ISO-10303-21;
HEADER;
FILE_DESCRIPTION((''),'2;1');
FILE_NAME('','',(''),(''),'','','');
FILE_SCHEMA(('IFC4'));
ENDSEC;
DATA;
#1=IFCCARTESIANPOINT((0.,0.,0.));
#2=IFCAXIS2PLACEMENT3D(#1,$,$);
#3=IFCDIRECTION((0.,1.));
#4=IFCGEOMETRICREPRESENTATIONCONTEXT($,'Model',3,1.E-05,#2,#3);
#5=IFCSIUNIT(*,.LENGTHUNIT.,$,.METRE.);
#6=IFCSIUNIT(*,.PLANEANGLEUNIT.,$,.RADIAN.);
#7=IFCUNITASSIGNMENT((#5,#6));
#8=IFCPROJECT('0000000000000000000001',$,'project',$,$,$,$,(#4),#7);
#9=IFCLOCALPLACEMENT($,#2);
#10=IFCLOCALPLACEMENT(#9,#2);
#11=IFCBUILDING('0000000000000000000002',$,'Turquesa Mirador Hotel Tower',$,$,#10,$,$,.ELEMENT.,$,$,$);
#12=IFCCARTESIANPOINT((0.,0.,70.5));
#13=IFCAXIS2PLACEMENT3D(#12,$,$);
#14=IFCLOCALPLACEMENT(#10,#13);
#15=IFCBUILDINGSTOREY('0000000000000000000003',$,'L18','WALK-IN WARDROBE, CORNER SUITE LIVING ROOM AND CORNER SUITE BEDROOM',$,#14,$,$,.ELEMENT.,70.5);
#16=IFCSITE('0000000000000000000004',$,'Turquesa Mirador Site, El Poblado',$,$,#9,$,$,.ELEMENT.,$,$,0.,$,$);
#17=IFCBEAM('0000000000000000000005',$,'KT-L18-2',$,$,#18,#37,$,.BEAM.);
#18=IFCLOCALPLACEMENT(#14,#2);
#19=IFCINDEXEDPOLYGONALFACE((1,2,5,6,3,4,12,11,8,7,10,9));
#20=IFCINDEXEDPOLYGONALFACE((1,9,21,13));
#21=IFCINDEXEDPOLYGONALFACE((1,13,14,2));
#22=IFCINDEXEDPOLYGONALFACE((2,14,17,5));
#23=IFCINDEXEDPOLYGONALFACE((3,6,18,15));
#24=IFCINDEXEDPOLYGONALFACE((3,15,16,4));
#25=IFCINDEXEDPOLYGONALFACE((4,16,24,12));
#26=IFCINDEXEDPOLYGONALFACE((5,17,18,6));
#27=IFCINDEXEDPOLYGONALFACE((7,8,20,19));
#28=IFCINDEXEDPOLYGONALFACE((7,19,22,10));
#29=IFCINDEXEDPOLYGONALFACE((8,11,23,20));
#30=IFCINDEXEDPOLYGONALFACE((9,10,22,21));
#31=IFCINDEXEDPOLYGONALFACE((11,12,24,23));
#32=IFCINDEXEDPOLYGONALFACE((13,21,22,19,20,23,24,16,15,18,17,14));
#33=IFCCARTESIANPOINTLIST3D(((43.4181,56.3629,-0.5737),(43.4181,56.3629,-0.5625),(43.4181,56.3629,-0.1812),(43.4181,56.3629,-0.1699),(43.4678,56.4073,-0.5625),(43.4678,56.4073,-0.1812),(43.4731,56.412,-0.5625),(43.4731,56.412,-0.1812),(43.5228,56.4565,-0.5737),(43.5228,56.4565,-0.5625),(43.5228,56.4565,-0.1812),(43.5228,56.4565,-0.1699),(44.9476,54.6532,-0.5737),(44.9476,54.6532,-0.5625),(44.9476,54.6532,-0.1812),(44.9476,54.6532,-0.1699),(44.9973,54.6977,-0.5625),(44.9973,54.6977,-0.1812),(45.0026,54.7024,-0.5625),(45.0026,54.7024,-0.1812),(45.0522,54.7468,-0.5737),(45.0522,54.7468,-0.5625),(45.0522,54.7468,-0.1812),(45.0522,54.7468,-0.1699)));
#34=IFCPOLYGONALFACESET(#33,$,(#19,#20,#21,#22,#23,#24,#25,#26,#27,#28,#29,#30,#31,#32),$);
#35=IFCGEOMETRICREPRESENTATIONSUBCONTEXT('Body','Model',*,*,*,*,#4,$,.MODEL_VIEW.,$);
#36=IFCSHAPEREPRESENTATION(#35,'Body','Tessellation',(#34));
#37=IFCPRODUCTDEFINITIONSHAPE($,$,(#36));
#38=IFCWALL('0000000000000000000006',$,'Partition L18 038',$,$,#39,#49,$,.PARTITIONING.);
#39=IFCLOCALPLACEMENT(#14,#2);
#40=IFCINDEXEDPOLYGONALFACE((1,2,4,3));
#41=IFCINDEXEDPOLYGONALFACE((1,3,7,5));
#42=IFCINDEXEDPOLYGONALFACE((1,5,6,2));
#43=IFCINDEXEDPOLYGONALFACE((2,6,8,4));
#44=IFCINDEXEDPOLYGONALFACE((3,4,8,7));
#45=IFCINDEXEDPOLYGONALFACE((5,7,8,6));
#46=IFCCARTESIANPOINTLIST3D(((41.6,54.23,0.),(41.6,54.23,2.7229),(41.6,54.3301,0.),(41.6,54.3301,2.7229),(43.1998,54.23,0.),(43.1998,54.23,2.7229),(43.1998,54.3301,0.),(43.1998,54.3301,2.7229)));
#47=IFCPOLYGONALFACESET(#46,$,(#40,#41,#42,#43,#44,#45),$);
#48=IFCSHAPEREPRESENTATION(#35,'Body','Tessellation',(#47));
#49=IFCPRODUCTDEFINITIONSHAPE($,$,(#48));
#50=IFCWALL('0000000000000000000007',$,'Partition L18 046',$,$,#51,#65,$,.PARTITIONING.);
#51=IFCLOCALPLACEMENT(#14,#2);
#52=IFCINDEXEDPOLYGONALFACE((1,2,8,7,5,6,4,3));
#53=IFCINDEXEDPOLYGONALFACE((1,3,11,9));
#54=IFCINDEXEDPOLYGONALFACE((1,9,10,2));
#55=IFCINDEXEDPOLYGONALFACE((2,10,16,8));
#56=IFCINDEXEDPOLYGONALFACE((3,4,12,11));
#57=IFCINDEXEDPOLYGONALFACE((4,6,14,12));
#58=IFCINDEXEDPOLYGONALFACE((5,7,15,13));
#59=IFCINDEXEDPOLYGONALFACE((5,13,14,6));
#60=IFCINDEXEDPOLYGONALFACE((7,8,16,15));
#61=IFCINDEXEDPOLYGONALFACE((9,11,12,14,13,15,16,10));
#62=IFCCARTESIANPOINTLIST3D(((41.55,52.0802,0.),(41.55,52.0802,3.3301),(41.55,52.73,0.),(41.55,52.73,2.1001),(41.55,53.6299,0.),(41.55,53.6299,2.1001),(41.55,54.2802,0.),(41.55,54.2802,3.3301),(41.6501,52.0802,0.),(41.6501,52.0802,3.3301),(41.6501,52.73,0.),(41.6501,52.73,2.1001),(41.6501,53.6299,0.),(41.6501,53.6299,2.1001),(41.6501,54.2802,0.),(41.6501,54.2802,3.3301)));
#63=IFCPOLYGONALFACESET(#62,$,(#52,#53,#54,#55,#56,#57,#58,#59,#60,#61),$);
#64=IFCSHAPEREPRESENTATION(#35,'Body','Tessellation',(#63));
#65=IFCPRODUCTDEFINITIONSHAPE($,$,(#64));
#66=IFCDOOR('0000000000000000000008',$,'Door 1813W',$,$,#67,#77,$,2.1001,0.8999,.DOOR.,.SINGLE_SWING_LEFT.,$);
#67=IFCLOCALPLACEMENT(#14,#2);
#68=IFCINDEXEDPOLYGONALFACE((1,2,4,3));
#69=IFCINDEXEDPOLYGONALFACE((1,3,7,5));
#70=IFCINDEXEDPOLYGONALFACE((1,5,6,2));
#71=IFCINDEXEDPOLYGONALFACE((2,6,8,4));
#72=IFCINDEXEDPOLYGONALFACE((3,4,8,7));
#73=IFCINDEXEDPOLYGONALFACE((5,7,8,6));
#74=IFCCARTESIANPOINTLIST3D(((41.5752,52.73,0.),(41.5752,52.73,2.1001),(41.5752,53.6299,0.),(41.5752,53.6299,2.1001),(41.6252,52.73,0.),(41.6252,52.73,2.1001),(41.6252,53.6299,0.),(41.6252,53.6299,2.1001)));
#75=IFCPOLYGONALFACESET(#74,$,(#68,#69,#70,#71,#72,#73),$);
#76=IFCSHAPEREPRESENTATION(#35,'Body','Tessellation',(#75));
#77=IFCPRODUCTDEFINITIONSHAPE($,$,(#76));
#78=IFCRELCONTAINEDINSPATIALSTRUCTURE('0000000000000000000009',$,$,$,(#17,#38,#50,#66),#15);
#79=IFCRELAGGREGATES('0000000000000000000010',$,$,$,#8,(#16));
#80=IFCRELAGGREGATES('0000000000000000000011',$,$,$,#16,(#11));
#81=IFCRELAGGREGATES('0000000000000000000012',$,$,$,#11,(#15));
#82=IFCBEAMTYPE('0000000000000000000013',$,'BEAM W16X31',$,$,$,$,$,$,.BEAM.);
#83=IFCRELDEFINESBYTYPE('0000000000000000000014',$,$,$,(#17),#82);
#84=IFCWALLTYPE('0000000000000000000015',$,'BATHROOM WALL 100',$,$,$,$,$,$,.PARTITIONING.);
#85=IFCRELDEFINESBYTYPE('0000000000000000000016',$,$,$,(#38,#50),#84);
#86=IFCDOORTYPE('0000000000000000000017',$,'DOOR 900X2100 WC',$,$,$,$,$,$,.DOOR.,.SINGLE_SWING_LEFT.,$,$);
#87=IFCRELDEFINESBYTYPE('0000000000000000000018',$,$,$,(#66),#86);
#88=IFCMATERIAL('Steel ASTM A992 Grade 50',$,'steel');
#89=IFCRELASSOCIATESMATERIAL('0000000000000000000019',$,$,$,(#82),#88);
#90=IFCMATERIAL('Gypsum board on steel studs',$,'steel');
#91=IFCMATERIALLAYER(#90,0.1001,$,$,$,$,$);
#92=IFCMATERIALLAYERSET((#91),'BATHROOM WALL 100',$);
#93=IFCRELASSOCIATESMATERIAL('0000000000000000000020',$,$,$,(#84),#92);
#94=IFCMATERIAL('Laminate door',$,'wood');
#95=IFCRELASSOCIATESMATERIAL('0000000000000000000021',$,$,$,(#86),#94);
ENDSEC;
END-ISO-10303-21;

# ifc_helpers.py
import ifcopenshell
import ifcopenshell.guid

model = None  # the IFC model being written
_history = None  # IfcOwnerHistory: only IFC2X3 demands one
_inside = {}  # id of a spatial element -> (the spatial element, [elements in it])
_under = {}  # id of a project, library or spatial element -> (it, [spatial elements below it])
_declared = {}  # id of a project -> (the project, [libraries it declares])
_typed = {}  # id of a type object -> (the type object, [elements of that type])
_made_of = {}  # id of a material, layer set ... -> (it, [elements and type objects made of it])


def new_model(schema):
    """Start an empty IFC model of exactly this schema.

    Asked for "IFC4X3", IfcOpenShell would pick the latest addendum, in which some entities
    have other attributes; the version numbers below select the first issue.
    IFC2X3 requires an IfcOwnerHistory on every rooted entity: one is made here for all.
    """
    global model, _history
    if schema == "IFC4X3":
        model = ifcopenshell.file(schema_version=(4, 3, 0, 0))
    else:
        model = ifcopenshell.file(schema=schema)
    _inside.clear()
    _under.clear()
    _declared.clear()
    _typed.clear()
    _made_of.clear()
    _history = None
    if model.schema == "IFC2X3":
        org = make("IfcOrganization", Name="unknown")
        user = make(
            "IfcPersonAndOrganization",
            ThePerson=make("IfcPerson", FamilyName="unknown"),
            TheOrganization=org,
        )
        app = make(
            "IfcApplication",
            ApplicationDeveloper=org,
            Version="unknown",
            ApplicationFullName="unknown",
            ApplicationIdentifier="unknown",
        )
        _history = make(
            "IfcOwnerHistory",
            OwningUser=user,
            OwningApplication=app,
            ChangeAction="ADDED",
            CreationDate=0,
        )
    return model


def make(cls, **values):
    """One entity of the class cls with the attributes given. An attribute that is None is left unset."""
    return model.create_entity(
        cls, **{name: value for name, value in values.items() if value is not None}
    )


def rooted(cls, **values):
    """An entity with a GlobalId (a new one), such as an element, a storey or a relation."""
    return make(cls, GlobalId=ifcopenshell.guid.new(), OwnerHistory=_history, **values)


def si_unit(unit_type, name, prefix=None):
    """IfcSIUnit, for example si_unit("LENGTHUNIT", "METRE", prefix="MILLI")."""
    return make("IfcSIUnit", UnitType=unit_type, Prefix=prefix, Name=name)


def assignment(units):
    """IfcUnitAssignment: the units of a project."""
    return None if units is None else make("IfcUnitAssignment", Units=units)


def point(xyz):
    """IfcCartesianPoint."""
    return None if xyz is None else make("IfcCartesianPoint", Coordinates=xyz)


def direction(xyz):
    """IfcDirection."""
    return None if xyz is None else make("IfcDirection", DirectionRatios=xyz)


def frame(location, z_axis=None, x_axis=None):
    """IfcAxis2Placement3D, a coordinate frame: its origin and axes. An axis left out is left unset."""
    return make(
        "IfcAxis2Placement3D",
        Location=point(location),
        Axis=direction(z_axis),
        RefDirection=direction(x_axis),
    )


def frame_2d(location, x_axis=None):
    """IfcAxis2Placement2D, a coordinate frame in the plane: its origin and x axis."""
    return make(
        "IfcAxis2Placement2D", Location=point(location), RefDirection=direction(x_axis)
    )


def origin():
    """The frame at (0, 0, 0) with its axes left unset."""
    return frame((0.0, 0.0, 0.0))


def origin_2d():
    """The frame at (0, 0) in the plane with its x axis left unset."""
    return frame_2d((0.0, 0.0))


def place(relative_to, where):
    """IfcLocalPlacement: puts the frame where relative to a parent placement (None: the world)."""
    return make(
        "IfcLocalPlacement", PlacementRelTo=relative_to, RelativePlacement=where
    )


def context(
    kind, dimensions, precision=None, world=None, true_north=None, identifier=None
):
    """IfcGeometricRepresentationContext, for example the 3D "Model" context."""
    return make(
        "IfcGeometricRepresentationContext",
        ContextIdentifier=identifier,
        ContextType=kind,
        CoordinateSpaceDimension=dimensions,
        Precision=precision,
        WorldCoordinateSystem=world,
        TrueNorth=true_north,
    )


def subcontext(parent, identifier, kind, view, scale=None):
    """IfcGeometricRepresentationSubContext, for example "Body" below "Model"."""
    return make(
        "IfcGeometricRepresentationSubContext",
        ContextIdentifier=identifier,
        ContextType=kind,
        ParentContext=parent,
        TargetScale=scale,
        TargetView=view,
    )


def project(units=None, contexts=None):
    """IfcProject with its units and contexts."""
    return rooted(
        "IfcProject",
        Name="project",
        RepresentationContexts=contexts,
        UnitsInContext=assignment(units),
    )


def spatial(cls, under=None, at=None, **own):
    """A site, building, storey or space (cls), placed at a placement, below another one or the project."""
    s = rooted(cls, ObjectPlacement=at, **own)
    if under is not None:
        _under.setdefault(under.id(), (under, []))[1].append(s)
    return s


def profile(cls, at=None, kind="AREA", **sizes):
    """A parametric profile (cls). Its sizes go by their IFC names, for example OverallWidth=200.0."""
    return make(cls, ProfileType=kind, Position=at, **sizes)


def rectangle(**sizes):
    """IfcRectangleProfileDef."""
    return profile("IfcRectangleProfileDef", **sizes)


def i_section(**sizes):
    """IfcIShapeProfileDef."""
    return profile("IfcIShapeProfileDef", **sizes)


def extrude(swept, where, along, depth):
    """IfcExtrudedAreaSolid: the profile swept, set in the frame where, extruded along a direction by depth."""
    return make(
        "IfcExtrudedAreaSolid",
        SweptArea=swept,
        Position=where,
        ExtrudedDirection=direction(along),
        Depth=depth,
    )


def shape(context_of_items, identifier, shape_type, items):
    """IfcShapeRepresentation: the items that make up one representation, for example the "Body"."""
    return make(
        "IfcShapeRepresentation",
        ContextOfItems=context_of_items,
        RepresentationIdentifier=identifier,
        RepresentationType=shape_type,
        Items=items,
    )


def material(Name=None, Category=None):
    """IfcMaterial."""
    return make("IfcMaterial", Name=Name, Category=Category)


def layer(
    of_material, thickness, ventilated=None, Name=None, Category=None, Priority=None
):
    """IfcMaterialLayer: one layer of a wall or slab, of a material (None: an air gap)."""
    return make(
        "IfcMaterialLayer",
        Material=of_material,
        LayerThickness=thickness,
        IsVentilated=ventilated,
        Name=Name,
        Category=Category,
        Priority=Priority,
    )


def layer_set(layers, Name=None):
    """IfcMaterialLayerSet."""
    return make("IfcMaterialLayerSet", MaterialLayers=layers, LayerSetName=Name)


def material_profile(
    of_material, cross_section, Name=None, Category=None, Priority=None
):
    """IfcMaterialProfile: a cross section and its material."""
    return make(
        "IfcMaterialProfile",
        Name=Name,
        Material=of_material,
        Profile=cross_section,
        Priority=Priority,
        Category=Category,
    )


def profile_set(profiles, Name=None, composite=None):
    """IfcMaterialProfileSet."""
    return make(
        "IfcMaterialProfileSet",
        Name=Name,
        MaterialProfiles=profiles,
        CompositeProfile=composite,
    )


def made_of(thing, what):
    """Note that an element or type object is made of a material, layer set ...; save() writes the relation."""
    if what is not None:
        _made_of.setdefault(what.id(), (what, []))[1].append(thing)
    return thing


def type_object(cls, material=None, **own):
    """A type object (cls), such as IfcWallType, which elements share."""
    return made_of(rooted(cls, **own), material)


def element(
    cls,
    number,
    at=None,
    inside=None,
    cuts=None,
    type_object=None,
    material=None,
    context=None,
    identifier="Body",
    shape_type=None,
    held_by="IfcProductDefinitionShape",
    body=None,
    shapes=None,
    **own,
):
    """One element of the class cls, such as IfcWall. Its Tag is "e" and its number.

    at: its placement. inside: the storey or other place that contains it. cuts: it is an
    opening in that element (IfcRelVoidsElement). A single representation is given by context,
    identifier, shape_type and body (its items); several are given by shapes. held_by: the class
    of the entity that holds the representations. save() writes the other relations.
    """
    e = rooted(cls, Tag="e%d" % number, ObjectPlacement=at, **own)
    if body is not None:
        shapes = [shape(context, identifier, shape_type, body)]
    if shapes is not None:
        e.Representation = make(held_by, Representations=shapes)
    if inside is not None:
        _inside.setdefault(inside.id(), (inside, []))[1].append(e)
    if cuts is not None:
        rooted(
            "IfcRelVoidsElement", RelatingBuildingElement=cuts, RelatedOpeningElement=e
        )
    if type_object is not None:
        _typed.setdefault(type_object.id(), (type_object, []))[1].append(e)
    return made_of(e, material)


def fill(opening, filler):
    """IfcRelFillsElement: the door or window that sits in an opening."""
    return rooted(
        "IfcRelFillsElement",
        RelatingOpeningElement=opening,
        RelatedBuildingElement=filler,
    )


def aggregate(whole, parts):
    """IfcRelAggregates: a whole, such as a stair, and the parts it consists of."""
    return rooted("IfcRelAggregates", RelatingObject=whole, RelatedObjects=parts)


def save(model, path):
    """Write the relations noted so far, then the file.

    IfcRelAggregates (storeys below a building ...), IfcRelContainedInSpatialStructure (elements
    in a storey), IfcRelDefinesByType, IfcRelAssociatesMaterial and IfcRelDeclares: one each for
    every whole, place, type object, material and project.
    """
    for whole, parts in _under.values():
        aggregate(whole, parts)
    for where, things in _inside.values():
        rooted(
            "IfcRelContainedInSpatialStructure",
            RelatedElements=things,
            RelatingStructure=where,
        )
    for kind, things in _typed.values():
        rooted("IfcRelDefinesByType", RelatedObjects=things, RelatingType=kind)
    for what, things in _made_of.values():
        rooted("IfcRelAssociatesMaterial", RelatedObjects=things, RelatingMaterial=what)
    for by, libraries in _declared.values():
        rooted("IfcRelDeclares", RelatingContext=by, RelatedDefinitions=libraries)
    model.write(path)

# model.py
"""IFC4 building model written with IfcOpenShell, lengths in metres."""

from ifc_helpers import new_model, si_unit, direction, frame, frame_2d, origin, origin_2d, place, context, subcontext, project, spatial, rectangle, i_section, extrude, material, layer, layer_set, material_profile, profile_set, type_object, element, fill, save


model = new_model("IFC4")

# Units and contexts
model_context = context("Model", 3, precision=1e-05, world=origin(), true_north=direction((0.0, 1.0)))
body_context = subcontext(model_context, "Body", "Model", "MODEL_VIEW")
ifc_project = project(units=[si_unit("LENGTHUNIT", "METRE"), si_unit("PLANEANGLEUNIT", "RADIAN")], contexts=[model_context])

# Site, building, storey
site_placement = place(None, origin())
site = spatial("IfcSite", under=ifc_project, at=site_placement, Name="Turquesa Mirador Site, El Poblado", CompositionType="ELEMENT", RefElevation=0.0)
building_placement = place(site_placement, origin())
building = spatial("IfcBuilding", under=site, at=building_placement, Name="Turquesa Mirador Hotel Tower", CompositionType="ELEMENT")
storey_placement = place(building_placement, frame((0.0, 0.0, 70.5)))
storey = spatial("IfcBuildingStorey", under=building, at=storey_placement, Name="L18", Description="WALK-IN WARDROBE, CORNER SUITE LIVING ROOM AND CORNER SUITE BEDROOM", CompositionType="ELEMENT", Elevation=70.5)

# Beam
ifc_material_1 = material(Name="Steel ASTM A992 Grade 50", Category="steel")
ifc_material_profile = material_profile(ifc_material_1, i_section(OverallWidth=0.1404, OverallDepth=0.4038, WebThickness=0.0071, FlangeThickness=0.0112, at=origin_2d()), Name="W16X31")
ifc_profile_set = profile_set([ifc_material_profile], Name="Steel ASTM A992 Grade 50")
beam_type = type_object("IfcBeamType", Name="BEAM W16X31", PredefinedType="BEAM", material=ifc_profile_set)
beam_placement = place(storey_placement, frame((43.4705, 56.4097, -0.3718), z_axis=(0.666745, -0.745286, 0.0), x_axis=(0.745286, 0.666745, 0.0)))
element("IfcBeam", 1, at=beam_placement, inside=storey, type_object=beam_type, Name="KT-L18-2", PredefinedType="BEAM", context=body_context, shape_type="SweptSolid", body=[
    extrude(i_section(OverallWidth=0.1404, OverallDepth=0.4038, WebThickness=0.0071, FlangeThickness=0.0112, at=origin_2d()), origin(), (0.0, 0.0, 1.0), 2.2939),
])

# Wall
ifc_material_2 = material(Name="Gypsum board on steel studs", Category="steel")
ifc_layer_1 = layer(ifc_material_2, 0.1001)
ifc_layer_set_1 = layer_set([ifc_layer_1], Name="BATHROOM WALL 100")
wall_type_1 = type_object("IfcWallType", Name="BATHROOM WALL 100", PredefinedType="PARTITIONING", material=ifc_layer_set_1)
wall_1_placement = place(storey_placement, frame((41.6001, 54.28, 0.0), z_axis=(0.0, 0.0, 1.0), x_axis=(1.0, 0.0, 0.0)))
element("IfcWall", 2, at=wall_1_placement, inside=storey, type_object=wall_type_1, Name="Partition L18 038", PredefinedType="PARTITIONING", context=body_context, shape_type="SweptSolid", body=[
    extrude(rectangle(XDim=1.5999, YDim=0.1001, at=frame_2d((0.7998, 0.0))), origin(), (0.0, 0.0, 1.0), 2.7229),
])

# Wall, opening, door
wall_2_placement = place(storey_placement, frame((41.6001, 52.0801, 0.0), z_axis=(0.0, 0.0, 1.0), x_axis=(0.0, 1.0, 0.0)))
wall_2 = element("IfcWall", 3, at=wall_2_placement, inside=storey, type_object=wall_type_1, Name="Partition L18 046", PredefinedType="PARTITIONING", context=body_context, shape_type="SweptSolid", body=[
    extrude(rectangle(XDim=2.2, YDim=0.1001, at=frame_2d((1.1001, 0.0))), origin(), (0.0, 0.0, 1.0), 3.3301),
])
opening_1_placement = place(wall_2_placement, frame((0.6499, 0.0, 0.0)))
opening_1 = element("IfcOpeningElement", 4, at=opening_1_placement, cuts=wall_2, PredefinedType="OPENING", context=body_context, shape_type="SweptSolid", body=[
    extrude(rectangle(XDim=0.8999, YDim=2.1001, at=frame_2d((0.45, 1.05))), frame((0.0, 0.0601, 0.0), z_axis=(0.0, -1.0, 0.0), x_axis=(1.0, 0.0, 0.0)), (0.0, 0.0, 1.0), 0.1201),
])
ifc_material_3 = material(Name="Laminate door", Category="wood")
door_type_1 = type_object("IfcDoorType", Name="DOOR 900X2100 WC", OperationType="SINGLE_SWING_LEFT", PredefinedType="DOOR", material=ifc_material_3)
door_1_placement = place(opening_1_placement, origin())
door_1 = element("IfcDoor", 5, at=door_1_placement, inside=storey, type_object=door_type_1, Name="Door 1813W", OperationType="SINGLE_SWING_LEFT", OverallHeight=2.1001, OverallWidth=0.8999, PredefinedType="DOOR", context=body_context, shape_type="SweptSolid", body=[
    extrude(rectangle(XDim=0.8999, YDim=2.1001, at=frame_2d((0.45, 1.05))), frame((0.0, 0.0249, 0.0), z_axis=(0.0, -1.0, 0.0), x_axis=(1.0, 0.0, 0.0)), (0.0, 0.0, 1.0), 0.05),
])
fill(opening_1, door_1)

save(model, "model.ifc")
